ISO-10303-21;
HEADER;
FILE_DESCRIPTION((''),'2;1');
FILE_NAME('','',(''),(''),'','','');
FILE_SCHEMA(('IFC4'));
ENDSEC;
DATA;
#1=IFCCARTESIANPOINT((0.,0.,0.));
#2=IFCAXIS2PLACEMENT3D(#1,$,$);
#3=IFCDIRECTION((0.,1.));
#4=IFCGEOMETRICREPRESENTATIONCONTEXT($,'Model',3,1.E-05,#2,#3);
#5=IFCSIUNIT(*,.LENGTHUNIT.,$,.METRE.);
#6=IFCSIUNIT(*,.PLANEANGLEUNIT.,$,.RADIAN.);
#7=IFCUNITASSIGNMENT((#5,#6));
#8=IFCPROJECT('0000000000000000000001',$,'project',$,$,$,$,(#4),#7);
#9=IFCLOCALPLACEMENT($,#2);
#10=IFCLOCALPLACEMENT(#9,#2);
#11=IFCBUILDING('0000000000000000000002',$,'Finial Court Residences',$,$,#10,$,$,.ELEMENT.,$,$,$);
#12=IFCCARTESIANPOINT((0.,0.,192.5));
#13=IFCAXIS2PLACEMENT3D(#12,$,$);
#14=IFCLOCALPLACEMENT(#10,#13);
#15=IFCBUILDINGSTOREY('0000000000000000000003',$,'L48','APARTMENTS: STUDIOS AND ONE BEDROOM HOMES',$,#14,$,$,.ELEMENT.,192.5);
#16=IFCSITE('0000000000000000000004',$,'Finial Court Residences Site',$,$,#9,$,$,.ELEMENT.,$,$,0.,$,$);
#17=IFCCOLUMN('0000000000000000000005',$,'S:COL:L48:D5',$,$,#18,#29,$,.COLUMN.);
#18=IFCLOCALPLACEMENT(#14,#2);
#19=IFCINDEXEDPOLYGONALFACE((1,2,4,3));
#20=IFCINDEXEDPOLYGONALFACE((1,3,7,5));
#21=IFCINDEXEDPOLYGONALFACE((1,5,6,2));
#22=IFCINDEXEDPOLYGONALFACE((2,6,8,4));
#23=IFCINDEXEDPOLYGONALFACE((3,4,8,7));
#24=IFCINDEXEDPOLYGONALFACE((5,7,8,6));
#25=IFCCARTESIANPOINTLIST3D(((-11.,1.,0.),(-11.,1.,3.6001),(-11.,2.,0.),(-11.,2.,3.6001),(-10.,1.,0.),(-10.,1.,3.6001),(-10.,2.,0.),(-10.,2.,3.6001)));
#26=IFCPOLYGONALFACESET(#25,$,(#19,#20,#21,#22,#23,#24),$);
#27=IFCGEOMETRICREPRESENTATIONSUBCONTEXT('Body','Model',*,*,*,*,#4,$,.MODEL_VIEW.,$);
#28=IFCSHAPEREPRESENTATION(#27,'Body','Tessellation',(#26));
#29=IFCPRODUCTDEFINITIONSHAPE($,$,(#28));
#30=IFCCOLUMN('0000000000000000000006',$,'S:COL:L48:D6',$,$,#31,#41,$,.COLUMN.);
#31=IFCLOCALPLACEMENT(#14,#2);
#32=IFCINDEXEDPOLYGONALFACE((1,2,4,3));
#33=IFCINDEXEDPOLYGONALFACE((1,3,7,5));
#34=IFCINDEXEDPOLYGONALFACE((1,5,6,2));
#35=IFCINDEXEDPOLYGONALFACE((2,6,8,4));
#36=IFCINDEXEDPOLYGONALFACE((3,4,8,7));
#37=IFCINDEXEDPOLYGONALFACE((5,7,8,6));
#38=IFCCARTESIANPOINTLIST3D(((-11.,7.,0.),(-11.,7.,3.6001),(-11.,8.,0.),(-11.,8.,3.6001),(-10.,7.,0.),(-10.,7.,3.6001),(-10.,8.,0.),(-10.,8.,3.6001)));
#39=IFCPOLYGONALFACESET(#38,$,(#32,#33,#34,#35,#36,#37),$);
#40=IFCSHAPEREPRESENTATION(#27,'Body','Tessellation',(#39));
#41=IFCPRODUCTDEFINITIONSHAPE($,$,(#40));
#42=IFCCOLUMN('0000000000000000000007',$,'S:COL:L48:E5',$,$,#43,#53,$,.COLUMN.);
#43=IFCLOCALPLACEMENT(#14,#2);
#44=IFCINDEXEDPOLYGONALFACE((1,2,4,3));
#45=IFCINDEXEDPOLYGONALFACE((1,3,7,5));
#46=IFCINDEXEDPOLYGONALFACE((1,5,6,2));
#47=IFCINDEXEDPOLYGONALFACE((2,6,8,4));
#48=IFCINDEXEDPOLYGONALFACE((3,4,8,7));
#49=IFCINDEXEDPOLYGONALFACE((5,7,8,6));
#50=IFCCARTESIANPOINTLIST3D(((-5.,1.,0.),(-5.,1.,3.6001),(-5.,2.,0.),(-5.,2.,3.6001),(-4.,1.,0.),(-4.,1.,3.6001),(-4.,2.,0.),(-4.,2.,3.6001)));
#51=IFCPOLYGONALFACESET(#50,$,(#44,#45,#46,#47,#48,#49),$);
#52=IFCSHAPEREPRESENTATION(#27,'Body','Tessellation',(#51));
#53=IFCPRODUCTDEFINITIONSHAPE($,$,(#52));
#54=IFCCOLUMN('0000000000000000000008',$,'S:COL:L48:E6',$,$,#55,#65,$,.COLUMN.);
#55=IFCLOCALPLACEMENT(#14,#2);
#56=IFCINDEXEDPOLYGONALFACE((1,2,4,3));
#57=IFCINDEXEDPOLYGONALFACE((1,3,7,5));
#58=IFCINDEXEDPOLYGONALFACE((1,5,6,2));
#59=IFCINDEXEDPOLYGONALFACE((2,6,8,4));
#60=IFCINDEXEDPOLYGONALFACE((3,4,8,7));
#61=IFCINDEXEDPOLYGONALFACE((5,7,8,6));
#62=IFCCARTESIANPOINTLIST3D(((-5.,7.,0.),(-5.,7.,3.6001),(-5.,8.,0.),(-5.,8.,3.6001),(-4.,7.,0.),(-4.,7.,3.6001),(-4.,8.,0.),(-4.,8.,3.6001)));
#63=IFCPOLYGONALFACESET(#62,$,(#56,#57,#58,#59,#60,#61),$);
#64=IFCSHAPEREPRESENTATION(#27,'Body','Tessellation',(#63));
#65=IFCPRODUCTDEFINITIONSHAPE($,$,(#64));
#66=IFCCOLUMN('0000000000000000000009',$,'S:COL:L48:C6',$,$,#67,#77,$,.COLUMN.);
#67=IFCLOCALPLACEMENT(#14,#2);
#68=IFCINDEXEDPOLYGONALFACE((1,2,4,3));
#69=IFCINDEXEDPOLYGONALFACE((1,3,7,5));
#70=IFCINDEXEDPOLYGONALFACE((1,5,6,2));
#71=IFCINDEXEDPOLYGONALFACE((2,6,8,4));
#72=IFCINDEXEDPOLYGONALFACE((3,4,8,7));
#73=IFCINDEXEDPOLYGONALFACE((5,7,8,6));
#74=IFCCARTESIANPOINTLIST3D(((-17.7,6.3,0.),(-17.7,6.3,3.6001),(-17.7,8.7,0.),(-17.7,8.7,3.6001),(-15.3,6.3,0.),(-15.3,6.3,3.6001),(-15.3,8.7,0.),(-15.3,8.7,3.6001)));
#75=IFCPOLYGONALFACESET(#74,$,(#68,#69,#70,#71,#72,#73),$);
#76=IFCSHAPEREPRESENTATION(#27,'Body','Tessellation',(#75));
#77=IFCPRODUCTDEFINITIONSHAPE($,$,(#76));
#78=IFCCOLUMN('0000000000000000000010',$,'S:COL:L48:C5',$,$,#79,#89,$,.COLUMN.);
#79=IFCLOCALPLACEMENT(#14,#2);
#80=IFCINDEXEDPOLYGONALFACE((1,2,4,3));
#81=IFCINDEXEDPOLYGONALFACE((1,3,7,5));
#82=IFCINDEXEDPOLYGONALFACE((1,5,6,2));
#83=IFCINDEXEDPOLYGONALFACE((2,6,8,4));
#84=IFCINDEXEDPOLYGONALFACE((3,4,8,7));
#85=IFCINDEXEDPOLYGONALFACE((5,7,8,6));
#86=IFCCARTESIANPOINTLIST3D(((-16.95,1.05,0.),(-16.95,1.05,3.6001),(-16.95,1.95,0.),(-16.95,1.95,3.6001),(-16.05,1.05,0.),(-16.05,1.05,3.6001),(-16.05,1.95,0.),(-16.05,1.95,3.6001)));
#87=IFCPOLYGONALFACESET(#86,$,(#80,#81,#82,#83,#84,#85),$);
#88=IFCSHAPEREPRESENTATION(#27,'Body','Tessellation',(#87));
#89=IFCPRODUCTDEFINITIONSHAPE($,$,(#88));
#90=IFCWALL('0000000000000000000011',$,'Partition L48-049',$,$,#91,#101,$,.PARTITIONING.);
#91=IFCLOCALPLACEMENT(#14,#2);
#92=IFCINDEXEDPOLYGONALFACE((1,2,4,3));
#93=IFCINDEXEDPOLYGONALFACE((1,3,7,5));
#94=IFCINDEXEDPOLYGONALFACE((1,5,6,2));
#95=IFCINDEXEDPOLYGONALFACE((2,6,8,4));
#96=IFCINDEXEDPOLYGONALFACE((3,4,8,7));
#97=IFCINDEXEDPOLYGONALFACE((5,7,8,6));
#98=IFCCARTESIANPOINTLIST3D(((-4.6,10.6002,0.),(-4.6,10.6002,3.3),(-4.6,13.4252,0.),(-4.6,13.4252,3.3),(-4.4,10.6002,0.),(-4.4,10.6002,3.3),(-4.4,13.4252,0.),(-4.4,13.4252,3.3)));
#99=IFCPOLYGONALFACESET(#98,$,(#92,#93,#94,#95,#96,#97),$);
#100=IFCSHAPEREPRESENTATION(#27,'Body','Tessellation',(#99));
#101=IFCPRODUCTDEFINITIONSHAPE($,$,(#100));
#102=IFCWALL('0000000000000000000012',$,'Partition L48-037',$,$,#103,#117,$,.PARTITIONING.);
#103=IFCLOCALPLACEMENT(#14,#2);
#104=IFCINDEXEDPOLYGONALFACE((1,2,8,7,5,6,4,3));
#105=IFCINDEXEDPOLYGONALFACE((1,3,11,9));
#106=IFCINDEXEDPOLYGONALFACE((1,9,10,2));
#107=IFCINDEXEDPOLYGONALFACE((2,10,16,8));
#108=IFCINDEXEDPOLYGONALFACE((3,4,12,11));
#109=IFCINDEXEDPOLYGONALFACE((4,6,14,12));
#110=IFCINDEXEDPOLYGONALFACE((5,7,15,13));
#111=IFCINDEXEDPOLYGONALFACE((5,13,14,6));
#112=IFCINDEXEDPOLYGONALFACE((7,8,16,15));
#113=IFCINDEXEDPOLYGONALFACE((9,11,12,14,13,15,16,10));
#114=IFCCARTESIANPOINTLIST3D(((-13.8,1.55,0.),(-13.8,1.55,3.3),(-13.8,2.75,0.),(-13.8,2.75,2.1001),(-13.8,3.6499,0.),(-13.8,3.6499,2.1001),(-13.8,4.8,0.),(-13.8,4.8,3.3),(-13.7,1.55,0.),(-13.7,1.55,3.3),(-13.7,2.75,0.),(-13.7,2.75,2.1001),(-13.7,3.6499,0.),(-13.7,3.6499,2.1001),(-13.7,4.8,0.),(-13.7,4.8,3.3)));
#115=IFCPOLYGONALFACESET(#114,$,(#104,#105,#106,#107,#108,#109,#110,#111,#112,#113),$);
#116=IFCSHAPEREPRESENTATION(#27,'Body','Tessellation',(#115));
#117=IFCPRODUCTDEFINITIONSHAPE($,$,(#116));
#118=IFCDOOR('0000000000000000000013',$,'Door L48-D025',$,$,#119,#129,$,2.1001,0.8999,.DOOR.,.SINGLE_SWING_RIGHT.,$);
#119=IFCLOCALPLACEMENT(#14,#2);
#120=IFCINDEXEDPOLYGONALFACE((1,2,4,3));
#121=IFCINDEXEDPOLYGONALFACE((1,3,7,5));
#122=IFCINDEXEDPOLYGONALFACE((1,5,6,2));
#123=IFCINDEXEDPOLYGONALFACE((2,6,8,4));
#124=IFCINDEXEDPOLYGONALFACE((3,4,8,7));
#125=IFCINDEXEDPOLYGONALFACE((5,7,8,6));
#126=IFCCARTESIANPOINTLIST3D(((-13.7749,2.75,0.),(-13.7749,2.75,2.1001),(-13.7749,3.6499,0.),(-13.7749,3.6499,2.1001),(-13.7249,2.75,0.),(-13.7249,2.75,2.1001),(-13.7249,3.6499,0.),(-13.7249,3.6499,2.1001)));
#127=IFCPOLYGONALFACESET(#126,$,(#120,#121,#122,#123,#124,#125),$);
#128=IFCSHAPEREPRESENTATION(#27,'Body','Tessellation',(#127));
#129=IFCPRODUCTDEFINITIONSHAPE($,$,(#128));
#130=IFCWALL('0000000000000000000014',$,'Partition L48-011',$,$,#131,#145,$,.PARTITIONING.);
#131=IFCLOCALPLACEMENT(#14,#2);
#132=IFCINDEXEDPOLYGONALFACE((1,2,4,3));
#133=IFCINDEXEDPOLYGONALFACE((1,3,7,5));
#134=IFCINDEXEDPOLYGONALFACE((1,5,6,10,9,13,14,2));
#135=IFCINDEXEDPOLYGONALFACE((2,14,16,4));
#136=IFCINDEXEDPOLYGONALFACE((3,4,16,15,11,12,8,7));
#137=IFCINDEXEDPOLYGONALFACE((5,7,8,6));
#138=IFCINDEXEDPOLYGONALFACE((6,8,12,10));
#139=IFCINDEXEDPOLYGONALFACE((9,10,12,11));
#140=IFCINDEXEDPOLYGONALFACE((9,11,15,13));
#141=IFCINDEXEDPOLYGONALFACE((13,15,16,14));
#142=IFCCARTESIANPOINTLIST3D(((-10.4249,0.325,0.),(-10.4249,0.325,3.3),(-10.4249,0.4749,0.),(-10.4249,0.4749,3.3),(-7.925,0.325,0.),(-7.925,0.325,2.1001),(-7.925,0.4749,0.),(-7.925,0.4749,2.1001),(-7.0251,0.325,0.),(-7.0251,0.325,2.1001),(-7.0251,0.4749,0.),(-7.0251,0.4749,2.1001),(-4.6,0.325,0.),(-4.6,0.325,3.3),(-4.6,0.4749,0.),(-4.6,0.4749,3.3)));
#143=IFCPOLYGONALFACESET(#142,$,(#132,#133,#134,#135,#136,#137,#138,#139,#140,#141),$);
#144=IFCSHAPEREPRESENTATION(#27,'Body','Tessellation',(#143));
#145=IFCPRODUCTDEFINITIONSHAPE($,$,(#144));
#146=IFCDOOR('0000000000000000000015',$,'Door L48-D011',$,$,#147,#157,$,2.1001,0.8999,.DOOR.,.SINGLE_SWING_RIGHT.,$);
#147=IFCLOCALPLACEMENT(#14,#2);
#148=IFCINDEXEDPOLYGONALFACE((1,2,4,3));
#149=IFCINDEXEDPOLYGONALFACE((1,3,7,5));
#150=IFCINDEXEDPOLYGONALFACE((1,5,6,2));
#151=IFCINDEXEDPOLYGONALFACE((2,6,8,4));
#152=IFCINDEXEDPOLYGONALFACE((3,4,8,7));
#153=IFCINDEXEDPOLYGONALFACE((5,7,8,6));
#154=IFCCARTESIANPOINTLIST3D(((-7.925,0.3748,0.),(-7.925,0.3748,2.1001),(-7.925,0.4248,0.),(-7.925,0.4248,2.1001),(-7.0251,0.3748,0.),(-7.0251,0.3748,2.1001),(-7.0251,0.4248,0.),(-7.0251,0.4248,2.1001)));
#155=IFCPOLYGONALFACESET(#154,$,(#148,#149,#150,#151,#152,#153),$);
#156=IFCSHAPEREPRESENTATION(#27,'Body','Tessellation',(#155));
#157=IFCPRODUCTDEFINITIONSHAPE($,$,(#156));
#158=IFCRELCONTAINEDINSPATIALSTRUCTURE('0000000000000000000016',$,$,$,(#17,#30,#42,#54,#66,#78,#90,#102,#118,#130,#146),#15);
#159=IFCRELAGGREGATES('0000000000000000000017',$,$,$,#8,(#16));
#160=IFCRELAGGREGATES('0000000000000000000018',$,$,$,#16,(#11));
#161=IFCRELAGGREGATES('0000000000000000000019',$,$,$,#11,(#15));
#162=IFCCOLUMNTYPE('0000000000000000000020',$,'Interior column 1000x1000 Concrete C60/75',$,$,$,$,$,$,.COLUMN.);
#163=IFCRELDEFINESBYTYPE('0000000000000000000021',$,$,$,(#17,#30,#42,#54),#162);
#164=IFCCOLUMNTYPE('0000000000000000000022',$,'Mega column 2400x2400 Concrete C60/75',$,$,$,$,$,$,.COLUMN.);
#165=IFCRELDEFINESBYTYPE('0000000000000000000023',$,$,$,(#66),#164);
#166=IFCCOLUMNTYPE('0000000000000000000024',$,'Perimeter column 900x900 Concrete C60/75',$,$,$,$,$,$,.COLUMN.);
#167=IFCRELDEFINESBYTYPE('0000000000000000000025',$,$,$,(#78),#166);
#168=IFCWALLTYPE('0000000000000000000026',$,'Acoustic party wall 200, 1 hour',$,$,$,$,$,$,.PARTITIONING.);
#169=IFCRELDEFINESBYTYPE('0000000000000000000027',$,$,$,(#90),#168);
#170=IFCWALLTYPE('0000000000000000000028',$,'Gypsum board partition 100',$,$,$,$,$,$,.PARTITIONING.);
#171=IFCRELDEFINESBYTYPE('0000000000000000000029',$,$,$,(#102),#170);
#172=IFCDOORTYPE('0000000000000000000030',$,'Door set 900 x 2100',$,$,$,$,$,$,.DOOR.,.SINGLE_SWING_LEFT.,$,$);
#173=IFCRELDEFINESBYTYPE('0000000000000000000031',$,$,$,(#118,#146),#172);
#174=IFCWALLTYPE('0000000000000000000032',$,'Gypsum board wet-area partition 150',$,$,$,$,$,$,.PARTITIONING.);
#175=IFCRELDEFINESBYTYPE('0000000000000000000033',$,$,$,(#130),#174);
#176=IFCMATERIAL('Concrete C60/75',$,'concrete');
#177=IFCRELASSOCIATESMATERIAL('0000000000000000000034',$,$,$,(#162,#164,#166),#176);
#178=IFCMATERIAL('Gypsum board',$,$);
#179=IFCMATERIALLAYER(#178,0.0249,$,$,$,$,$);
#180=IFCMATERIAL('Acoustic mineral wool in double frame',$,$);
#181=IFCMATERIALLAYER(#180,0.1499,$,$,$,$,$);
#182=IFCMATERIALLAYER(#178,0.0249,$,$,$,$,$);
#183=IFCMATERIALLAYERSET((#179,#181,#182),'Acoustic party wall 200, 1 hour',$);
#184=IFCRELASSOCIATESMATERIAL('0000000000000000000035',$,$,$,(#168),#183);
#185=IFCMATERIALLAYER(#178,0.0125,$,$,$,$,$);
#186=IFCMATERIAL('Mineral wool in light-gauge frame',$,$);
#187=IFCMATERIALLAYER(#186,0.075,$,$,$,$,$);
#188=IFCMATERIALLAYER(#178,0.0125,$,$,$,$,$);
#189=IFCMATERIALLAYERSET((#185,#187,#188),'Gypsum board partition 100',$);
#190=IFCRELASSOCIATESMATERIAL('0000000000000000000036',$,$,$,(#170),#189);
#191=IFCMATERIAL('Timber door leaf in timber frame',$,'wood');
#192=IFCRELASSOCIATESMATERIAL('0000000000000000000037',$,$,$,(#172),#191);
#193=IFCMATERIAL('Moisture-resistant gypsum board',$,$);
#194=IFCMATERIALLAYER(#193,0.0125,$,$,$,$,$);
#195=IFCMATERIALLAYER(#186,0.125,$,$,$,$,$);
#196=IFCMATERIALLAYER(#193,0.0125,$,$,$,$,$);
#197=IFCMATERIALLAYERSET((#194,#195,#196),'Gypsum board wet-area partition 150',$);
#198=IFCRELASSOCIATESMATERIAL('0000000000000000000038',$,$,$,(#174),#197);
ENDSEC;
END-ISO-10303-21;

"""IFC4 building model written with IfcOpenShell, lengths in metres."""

from ifc_helpers import new_model, si_unit, direction, frame, frame_2d, origin, origin_2d, place, context, subcontext, project, spatial, rectangle, extrude, material, layer, layer_set, material_profile, profile_set, type_object, element, fill, save


model = new_model("IFC4")

# Units and contexts
model_context = context("Model", 3, precision=1e-05, world=origin(), true_north=direction((0.0, 1.0)))
body_context = subcontext(model_context, "Body", "Model", "MODEL_VIEW")
ifc_project = project(units=[si_unit("LENGTHUNIT", "METRE"), si_unit("PLANEANGLEUNIT", "RADIAN")], contexts=[model_context])

# Site, building, storey
site_placement = place(None, origin())
site = spatial("IfcSite", under=ifc_project, at=site_placement, Name="Finial Court Residences Site", CompositionType="ELEMENT", RefElevation=0.0)
building_placement = place(site_placement, origin())
building = spatial("IfcBuilding", under=site, at=building_placement, Name="Finial Court Residences", CompositionType="ELEMENT")
storey_placement = place(building_placement, frame((0.0, 0.0, 192.5)))
storey = spatial("IfcBuildingStorey", under=building, at=storey_placement, Name="L48", Description="APARTMENTS: STUDIOS AND ONE BEDROOM HOMES", CompositionType="ELEMENT", Elevation=192.5)

# Columns
ifc_material_1 = material(Name="Concrete C60/75", Category="concrete")
ifc_material_profile_1 = material_profile(ifc_material_1, rectangle(XDim=1.0, YDim=1.0, at=origin_2d()), Name="1000x1000")
ifc_profile_set_1 = profile_set([ifc_material_profile_1], Name="Concrete C60/75")
column_type_1 = type_object("IfcColumnType", Name="Interior column 1000x1000 Concrete C60/75", PredefinedType="COLUMN", material=ifc_profile_set_1)
for number, where, z_axis, x_axis, name in (
    (1, (-10.5, 1.5, 0.0), (0.0, 0.0, 1.0), (1.0, 0.0, 0.0), "S:COL:L48:D5"),
    (2, (-10.5, 7.5, 0.0), (0.0, 0.0, 1.0), (1.0, 0.0, 0.0), "S:COL:L48:D6"),
    (3, (-4.5, 1.5, 0.0), (0.0, 0.0, 1.0), (1.0, 0.0, 0.0), "S:COL:L48:E5"),
    (4, (-4.5, 7.5, 0.0), (0.0, 0.0, 1.0), (1.0, 0.0, 0.0), "S:COL:L48:E6"),
):
    element("IfcColumn", number, at=place(storey_placement, frame(where, z_axis=z_axis, x_axis=x_axis)), inside=storey, type_object=column_type_1, Name=name, PredefinedType="COLUMN", context=body_context, shape_type="SweptSolid", body=[
        extrude(rectangle(XDim=1.0, YDim=1.0, at=origin_2d()), origin(), (0.0, 0.0, 1.0), 3.6001),
    ])
ifc_material_profile_2 = material_profile(ifc_material_1, rectangle(XDim=2.3999, YDim=2.3999, at=origin_2d()), Name="2400x2400")
ifc_profile_set_2 = profile_set([ifc_material_profile_2], Name="Concrete C60/75")
column_type_2 = type_object("IfcColumnType", Name="Mega column 2400x2400 Concrete C60/75", PredefinedType="COLUMN", material=ifc_profile_set_2)
column_1_placement = place(storey_placement, frame((-16.5, 7.5, 0.0), z_axis=(0.0, 0.0, 1.0), x_axis=(1.0, 0.0, 0.0)))
element("IfcColumn", 5, at=column_1_placement, inside=storey, type_object=column_type_2, Name="S:COL:L48:C6", PredefinedType="COLUMN", context=body_context, shape_type="SweptSolid", body=[
    extrude(rectangle(XDim=2.3999, YDim=2.3999, at=origin_2d()), origin(), (0.0, 0.0, 1.0), 3.6001),
])
ifc_material_profile_3 = material_profile(ifc_material_1, rectangle(XDim=0.8999, YDim=0.8999, at=origin_2d()), Name="900x900")
ifc_profile_set_3 = profile_set([ifc_material_profile_3], Name="Concrete C60/75")
column_type_3 = type_object("IfcColumnType", Name="Perimeter column 900x900 Concrete C60/75", PredefinedType="COLUMN", material=ifc_profile_set_3)
column_2_placement = place(storey_placement, frame((-16.5, 1.5, 0.0), z_axis=(0.0, 0.0, 1.0), x_axis=(1.0, 0.0, 0.0)))
element("IfcColumn", 6, at=column_2_placement, inside=storey, type_object=column_type_3, Name="S:COL:L48:C5", PredefinedType="COLUMN", context=body_context, shape_type="SweptSolid", body=[
    extrude(rectangle(XDim=0.8999, YDim=0.8999, at=origin_2d()), origin(), (0.0, 0.0, 1.0), 3.6001),
])

# Wall
ifc_material_2 = material(Name="Gypsum board")
ifc_layer_1 = layer(ifc_material_2, 0.0249)
ifc_material_3 = material(Name="Acoustic mineral wool in double frame")
ifc_layer_2 = layer(ifc_material_3, 0.1499)
ifc_layer_3 = layer(ifc_material_2, 0.0249)
ifc_layer_set_1 = layer_set([ifc_layer_1, ifc_layer_2, ifc_layer_3], Name="Acoustic party wall 200, 1 hour")
wall_type_1 = type_object("IfcWallType", Name="Acoustic party wall 200, 1 hour", PredefinedType="PARTITIONING", material=ifc_layer_set_1)
wall_1_placement = place(storey_placement, frame((-4.5, 10.6001, 0.0), z_axis=(0.0, 0.0, 1.0), x_axis=(0.0, 1.0, 0.0)))
element("IfcWall", 7, at=wall_1_placement, inside=storey, type_object=wall_type_1, Name="Partition L48-049", PredefinedType="PARTITIONING", context=body_context, shape_type="SweptSolid", body=[
    extrude(rectangle(XDim=2.825, YDim=0.2, at=frame_2d((1.4126, 0.0))), origin(), (0.0, 0.0, 1.0), 3.3),
])

# Walls, openings, doors
ifc_layer_4 = layer(ifc_material_2, 0.0125)
ifc_material_4 = material(Name="Mineral wool in light-gauge frame")
ifc_layer_5 = layer(ifc_material_4, 0.075)
ifc_layer_6 = layer(ifc_material_2, 0.0125)
ifc_layer_set_2 = layer_set([ifc_layer_4, ifc_layer_5, ifc_layer_6], Name="Gypsum board partition 100")
wall_type_2 = type_object("IfcWallType", Name="Gypsum board partition 100", PredefinedType="PARTITIONING", material=ifc_layer_set_2)
wall_2_placement = place(storey_placement, frame((-13.75, 1.55, 0.0), z_axis=(0.0, 0.0, 1.0), x_axis=(0.0, 1.0, 0.0)))
wall_2 = element("IfcWall", 8, at=wall_2_placement, inside=storey, type_object=wall_type_2, Name="Partition L48-037", PredefinedType="PARTITIONING", context=body_context, shape_type="SweptSolid", body=[
    extrude(rectangle(XDim=3.25, YDim=0.1001, at=frame_2d((1.625, 0.0))), origin(), (0.0, 0.0, 1.0), 3.3),
])
opening_1_placement = place(wall_2_placement, frame((1.2, 0.0, 0.0)))
opening_1 = element("IfcOpeningElement", 9, at=opening_1_placement, cuts=wall_2, PredefinedType="OPENING", context=body_context, shape_type="SweptSolid", body=[
    extrude(rectangle(XDim=0.8999, YDim=2.1001, at=frame_2d((0.45, 1.05))), frame((0.0, 0.0601, 0.0), z_axis=(0.0, -1.0, 0.0), x_axis=(1.0, 0.0, 0.0)), (0.0, 0.0, 1.0), 0.1201),
])
ifc_material_5 = material(Name="Timber door leaf in timber frame", Category="wood")
door_type = type_object("IfcDoorType", Name="Door set 900 x 2100", OperationType="SINGLE_SWING_LEFT", PredefinedType="DOOR", material=ifc_material_5)
door_1_placement = place(opening_1_placement, origin())
door_1 = element("IfcDoor", 10, at=door_1_placement, inside=storey, type_object=door_type, Name="Door L48-D025", OperationType="SINGLE_SWING_RIGHT", OverallHeight=2.1001, OverallWidth=0.8999, PredefinedType="DOOR", context=body_context, shape_type="SweptSolid", body=[
    extrude(rectangle(XDim=0.8999, YDim=2.1001, at=frame_2d((0.45, 1.05))), frame((0.0, 0.0249, 0.0), z_axis=(0.0, -1.0, 0.0), x_axis=(1.0, 0.0, 0.0)), (0.0, 0.0, 1.0), 0.05),
])
fill(opening_1, door_1)
ifc_material_6 = material(Name="Moisture-resistant gypsum board")
ifc_layer_7 = layer(ifc_material_6, 0.0125)
ifc_layer_8 = layer(ifc_material_4, 0.125)
ifc_layer_9 = layer(ifc_material_6, 0.0125)
ifc_layer_set_3 = layer_set([ifc_layer_7, ifc_layer_8, ifc_layer_9], Name="Gypsum board wet-area partition 150")
wall_type_3 = type_object("IfcWallType", Name="Gypsum board wet-area partition 150", PredefinedType="PARTITIONING", material=ifc_layer_set_3)
wall_3_placement = place(storey_placement, frame((-10.425, 0.3999, 0.0), z_axis=(0.0, 0.0, 1.0), x_axis=(1.0, 0.0, 0.0)))
wall_3 = element("IfcWall", 11, at=wall_3_placement, inside=storey, type_object=wall_type_3, Name="Partition L48-011", PredefinedType="PARTITIONING", context=body_context, shape_type="SweptSolid", body=[
    extrude(rectangle(XDim=5.825, YDim=0.1499, at=frame_2d((2.9126, 0.0))), origin(), (0.0, 0.0, 1.0), 3.3),
])
opening_2_placement = place(wall_3_placement, frame((2.5, 0.0, 0.0)))
opening_2 = element("IfcOpeningElement", 12, at=opening_2_placement, cuts=wall_3, PredefinedType="OPENING", context=body_context, shape_type="SweptSolid", body=[
    extrude(rectangle(XDim=0.8999, YDim=2.1001, at=frame_2d((0.45, 1.05))), frame((0.0, 0.085, 0.0), z_axis=(0.0, -1.0, 0.0), x_axis=(1.0, 0.0, 0.0)), (0.0, 0.0, 1.0), 0.1699),
])
door_2_placement = place(opening_2_placement, origin())
door_2 = element("IfcDoor", 13, at=door_2_placement, inside=storey, type_object=door_type, Name="Door L48-D011", OperationType="SINGLE_SWING_RIGHT", OverallHeight=2.1001, OverallWidth=0.8999, PredefinedType="DOOR", context=body_context, shape_type="SweptSolid", body=[
    extrude(rectangle(XDim=0.8999, YDim=2.1001, at=frame_2d((0.45, 1.05))), frame((0.0, 0.0249, 0.0), z_axis=(0.0, -1.0, 0.0), x_axis=(1.0, 0.0, 0.0)), (0.0, 0.0, 1.0), 0.05),
])
fill(opening_2, door_2)

save(model, "model.ifc")
